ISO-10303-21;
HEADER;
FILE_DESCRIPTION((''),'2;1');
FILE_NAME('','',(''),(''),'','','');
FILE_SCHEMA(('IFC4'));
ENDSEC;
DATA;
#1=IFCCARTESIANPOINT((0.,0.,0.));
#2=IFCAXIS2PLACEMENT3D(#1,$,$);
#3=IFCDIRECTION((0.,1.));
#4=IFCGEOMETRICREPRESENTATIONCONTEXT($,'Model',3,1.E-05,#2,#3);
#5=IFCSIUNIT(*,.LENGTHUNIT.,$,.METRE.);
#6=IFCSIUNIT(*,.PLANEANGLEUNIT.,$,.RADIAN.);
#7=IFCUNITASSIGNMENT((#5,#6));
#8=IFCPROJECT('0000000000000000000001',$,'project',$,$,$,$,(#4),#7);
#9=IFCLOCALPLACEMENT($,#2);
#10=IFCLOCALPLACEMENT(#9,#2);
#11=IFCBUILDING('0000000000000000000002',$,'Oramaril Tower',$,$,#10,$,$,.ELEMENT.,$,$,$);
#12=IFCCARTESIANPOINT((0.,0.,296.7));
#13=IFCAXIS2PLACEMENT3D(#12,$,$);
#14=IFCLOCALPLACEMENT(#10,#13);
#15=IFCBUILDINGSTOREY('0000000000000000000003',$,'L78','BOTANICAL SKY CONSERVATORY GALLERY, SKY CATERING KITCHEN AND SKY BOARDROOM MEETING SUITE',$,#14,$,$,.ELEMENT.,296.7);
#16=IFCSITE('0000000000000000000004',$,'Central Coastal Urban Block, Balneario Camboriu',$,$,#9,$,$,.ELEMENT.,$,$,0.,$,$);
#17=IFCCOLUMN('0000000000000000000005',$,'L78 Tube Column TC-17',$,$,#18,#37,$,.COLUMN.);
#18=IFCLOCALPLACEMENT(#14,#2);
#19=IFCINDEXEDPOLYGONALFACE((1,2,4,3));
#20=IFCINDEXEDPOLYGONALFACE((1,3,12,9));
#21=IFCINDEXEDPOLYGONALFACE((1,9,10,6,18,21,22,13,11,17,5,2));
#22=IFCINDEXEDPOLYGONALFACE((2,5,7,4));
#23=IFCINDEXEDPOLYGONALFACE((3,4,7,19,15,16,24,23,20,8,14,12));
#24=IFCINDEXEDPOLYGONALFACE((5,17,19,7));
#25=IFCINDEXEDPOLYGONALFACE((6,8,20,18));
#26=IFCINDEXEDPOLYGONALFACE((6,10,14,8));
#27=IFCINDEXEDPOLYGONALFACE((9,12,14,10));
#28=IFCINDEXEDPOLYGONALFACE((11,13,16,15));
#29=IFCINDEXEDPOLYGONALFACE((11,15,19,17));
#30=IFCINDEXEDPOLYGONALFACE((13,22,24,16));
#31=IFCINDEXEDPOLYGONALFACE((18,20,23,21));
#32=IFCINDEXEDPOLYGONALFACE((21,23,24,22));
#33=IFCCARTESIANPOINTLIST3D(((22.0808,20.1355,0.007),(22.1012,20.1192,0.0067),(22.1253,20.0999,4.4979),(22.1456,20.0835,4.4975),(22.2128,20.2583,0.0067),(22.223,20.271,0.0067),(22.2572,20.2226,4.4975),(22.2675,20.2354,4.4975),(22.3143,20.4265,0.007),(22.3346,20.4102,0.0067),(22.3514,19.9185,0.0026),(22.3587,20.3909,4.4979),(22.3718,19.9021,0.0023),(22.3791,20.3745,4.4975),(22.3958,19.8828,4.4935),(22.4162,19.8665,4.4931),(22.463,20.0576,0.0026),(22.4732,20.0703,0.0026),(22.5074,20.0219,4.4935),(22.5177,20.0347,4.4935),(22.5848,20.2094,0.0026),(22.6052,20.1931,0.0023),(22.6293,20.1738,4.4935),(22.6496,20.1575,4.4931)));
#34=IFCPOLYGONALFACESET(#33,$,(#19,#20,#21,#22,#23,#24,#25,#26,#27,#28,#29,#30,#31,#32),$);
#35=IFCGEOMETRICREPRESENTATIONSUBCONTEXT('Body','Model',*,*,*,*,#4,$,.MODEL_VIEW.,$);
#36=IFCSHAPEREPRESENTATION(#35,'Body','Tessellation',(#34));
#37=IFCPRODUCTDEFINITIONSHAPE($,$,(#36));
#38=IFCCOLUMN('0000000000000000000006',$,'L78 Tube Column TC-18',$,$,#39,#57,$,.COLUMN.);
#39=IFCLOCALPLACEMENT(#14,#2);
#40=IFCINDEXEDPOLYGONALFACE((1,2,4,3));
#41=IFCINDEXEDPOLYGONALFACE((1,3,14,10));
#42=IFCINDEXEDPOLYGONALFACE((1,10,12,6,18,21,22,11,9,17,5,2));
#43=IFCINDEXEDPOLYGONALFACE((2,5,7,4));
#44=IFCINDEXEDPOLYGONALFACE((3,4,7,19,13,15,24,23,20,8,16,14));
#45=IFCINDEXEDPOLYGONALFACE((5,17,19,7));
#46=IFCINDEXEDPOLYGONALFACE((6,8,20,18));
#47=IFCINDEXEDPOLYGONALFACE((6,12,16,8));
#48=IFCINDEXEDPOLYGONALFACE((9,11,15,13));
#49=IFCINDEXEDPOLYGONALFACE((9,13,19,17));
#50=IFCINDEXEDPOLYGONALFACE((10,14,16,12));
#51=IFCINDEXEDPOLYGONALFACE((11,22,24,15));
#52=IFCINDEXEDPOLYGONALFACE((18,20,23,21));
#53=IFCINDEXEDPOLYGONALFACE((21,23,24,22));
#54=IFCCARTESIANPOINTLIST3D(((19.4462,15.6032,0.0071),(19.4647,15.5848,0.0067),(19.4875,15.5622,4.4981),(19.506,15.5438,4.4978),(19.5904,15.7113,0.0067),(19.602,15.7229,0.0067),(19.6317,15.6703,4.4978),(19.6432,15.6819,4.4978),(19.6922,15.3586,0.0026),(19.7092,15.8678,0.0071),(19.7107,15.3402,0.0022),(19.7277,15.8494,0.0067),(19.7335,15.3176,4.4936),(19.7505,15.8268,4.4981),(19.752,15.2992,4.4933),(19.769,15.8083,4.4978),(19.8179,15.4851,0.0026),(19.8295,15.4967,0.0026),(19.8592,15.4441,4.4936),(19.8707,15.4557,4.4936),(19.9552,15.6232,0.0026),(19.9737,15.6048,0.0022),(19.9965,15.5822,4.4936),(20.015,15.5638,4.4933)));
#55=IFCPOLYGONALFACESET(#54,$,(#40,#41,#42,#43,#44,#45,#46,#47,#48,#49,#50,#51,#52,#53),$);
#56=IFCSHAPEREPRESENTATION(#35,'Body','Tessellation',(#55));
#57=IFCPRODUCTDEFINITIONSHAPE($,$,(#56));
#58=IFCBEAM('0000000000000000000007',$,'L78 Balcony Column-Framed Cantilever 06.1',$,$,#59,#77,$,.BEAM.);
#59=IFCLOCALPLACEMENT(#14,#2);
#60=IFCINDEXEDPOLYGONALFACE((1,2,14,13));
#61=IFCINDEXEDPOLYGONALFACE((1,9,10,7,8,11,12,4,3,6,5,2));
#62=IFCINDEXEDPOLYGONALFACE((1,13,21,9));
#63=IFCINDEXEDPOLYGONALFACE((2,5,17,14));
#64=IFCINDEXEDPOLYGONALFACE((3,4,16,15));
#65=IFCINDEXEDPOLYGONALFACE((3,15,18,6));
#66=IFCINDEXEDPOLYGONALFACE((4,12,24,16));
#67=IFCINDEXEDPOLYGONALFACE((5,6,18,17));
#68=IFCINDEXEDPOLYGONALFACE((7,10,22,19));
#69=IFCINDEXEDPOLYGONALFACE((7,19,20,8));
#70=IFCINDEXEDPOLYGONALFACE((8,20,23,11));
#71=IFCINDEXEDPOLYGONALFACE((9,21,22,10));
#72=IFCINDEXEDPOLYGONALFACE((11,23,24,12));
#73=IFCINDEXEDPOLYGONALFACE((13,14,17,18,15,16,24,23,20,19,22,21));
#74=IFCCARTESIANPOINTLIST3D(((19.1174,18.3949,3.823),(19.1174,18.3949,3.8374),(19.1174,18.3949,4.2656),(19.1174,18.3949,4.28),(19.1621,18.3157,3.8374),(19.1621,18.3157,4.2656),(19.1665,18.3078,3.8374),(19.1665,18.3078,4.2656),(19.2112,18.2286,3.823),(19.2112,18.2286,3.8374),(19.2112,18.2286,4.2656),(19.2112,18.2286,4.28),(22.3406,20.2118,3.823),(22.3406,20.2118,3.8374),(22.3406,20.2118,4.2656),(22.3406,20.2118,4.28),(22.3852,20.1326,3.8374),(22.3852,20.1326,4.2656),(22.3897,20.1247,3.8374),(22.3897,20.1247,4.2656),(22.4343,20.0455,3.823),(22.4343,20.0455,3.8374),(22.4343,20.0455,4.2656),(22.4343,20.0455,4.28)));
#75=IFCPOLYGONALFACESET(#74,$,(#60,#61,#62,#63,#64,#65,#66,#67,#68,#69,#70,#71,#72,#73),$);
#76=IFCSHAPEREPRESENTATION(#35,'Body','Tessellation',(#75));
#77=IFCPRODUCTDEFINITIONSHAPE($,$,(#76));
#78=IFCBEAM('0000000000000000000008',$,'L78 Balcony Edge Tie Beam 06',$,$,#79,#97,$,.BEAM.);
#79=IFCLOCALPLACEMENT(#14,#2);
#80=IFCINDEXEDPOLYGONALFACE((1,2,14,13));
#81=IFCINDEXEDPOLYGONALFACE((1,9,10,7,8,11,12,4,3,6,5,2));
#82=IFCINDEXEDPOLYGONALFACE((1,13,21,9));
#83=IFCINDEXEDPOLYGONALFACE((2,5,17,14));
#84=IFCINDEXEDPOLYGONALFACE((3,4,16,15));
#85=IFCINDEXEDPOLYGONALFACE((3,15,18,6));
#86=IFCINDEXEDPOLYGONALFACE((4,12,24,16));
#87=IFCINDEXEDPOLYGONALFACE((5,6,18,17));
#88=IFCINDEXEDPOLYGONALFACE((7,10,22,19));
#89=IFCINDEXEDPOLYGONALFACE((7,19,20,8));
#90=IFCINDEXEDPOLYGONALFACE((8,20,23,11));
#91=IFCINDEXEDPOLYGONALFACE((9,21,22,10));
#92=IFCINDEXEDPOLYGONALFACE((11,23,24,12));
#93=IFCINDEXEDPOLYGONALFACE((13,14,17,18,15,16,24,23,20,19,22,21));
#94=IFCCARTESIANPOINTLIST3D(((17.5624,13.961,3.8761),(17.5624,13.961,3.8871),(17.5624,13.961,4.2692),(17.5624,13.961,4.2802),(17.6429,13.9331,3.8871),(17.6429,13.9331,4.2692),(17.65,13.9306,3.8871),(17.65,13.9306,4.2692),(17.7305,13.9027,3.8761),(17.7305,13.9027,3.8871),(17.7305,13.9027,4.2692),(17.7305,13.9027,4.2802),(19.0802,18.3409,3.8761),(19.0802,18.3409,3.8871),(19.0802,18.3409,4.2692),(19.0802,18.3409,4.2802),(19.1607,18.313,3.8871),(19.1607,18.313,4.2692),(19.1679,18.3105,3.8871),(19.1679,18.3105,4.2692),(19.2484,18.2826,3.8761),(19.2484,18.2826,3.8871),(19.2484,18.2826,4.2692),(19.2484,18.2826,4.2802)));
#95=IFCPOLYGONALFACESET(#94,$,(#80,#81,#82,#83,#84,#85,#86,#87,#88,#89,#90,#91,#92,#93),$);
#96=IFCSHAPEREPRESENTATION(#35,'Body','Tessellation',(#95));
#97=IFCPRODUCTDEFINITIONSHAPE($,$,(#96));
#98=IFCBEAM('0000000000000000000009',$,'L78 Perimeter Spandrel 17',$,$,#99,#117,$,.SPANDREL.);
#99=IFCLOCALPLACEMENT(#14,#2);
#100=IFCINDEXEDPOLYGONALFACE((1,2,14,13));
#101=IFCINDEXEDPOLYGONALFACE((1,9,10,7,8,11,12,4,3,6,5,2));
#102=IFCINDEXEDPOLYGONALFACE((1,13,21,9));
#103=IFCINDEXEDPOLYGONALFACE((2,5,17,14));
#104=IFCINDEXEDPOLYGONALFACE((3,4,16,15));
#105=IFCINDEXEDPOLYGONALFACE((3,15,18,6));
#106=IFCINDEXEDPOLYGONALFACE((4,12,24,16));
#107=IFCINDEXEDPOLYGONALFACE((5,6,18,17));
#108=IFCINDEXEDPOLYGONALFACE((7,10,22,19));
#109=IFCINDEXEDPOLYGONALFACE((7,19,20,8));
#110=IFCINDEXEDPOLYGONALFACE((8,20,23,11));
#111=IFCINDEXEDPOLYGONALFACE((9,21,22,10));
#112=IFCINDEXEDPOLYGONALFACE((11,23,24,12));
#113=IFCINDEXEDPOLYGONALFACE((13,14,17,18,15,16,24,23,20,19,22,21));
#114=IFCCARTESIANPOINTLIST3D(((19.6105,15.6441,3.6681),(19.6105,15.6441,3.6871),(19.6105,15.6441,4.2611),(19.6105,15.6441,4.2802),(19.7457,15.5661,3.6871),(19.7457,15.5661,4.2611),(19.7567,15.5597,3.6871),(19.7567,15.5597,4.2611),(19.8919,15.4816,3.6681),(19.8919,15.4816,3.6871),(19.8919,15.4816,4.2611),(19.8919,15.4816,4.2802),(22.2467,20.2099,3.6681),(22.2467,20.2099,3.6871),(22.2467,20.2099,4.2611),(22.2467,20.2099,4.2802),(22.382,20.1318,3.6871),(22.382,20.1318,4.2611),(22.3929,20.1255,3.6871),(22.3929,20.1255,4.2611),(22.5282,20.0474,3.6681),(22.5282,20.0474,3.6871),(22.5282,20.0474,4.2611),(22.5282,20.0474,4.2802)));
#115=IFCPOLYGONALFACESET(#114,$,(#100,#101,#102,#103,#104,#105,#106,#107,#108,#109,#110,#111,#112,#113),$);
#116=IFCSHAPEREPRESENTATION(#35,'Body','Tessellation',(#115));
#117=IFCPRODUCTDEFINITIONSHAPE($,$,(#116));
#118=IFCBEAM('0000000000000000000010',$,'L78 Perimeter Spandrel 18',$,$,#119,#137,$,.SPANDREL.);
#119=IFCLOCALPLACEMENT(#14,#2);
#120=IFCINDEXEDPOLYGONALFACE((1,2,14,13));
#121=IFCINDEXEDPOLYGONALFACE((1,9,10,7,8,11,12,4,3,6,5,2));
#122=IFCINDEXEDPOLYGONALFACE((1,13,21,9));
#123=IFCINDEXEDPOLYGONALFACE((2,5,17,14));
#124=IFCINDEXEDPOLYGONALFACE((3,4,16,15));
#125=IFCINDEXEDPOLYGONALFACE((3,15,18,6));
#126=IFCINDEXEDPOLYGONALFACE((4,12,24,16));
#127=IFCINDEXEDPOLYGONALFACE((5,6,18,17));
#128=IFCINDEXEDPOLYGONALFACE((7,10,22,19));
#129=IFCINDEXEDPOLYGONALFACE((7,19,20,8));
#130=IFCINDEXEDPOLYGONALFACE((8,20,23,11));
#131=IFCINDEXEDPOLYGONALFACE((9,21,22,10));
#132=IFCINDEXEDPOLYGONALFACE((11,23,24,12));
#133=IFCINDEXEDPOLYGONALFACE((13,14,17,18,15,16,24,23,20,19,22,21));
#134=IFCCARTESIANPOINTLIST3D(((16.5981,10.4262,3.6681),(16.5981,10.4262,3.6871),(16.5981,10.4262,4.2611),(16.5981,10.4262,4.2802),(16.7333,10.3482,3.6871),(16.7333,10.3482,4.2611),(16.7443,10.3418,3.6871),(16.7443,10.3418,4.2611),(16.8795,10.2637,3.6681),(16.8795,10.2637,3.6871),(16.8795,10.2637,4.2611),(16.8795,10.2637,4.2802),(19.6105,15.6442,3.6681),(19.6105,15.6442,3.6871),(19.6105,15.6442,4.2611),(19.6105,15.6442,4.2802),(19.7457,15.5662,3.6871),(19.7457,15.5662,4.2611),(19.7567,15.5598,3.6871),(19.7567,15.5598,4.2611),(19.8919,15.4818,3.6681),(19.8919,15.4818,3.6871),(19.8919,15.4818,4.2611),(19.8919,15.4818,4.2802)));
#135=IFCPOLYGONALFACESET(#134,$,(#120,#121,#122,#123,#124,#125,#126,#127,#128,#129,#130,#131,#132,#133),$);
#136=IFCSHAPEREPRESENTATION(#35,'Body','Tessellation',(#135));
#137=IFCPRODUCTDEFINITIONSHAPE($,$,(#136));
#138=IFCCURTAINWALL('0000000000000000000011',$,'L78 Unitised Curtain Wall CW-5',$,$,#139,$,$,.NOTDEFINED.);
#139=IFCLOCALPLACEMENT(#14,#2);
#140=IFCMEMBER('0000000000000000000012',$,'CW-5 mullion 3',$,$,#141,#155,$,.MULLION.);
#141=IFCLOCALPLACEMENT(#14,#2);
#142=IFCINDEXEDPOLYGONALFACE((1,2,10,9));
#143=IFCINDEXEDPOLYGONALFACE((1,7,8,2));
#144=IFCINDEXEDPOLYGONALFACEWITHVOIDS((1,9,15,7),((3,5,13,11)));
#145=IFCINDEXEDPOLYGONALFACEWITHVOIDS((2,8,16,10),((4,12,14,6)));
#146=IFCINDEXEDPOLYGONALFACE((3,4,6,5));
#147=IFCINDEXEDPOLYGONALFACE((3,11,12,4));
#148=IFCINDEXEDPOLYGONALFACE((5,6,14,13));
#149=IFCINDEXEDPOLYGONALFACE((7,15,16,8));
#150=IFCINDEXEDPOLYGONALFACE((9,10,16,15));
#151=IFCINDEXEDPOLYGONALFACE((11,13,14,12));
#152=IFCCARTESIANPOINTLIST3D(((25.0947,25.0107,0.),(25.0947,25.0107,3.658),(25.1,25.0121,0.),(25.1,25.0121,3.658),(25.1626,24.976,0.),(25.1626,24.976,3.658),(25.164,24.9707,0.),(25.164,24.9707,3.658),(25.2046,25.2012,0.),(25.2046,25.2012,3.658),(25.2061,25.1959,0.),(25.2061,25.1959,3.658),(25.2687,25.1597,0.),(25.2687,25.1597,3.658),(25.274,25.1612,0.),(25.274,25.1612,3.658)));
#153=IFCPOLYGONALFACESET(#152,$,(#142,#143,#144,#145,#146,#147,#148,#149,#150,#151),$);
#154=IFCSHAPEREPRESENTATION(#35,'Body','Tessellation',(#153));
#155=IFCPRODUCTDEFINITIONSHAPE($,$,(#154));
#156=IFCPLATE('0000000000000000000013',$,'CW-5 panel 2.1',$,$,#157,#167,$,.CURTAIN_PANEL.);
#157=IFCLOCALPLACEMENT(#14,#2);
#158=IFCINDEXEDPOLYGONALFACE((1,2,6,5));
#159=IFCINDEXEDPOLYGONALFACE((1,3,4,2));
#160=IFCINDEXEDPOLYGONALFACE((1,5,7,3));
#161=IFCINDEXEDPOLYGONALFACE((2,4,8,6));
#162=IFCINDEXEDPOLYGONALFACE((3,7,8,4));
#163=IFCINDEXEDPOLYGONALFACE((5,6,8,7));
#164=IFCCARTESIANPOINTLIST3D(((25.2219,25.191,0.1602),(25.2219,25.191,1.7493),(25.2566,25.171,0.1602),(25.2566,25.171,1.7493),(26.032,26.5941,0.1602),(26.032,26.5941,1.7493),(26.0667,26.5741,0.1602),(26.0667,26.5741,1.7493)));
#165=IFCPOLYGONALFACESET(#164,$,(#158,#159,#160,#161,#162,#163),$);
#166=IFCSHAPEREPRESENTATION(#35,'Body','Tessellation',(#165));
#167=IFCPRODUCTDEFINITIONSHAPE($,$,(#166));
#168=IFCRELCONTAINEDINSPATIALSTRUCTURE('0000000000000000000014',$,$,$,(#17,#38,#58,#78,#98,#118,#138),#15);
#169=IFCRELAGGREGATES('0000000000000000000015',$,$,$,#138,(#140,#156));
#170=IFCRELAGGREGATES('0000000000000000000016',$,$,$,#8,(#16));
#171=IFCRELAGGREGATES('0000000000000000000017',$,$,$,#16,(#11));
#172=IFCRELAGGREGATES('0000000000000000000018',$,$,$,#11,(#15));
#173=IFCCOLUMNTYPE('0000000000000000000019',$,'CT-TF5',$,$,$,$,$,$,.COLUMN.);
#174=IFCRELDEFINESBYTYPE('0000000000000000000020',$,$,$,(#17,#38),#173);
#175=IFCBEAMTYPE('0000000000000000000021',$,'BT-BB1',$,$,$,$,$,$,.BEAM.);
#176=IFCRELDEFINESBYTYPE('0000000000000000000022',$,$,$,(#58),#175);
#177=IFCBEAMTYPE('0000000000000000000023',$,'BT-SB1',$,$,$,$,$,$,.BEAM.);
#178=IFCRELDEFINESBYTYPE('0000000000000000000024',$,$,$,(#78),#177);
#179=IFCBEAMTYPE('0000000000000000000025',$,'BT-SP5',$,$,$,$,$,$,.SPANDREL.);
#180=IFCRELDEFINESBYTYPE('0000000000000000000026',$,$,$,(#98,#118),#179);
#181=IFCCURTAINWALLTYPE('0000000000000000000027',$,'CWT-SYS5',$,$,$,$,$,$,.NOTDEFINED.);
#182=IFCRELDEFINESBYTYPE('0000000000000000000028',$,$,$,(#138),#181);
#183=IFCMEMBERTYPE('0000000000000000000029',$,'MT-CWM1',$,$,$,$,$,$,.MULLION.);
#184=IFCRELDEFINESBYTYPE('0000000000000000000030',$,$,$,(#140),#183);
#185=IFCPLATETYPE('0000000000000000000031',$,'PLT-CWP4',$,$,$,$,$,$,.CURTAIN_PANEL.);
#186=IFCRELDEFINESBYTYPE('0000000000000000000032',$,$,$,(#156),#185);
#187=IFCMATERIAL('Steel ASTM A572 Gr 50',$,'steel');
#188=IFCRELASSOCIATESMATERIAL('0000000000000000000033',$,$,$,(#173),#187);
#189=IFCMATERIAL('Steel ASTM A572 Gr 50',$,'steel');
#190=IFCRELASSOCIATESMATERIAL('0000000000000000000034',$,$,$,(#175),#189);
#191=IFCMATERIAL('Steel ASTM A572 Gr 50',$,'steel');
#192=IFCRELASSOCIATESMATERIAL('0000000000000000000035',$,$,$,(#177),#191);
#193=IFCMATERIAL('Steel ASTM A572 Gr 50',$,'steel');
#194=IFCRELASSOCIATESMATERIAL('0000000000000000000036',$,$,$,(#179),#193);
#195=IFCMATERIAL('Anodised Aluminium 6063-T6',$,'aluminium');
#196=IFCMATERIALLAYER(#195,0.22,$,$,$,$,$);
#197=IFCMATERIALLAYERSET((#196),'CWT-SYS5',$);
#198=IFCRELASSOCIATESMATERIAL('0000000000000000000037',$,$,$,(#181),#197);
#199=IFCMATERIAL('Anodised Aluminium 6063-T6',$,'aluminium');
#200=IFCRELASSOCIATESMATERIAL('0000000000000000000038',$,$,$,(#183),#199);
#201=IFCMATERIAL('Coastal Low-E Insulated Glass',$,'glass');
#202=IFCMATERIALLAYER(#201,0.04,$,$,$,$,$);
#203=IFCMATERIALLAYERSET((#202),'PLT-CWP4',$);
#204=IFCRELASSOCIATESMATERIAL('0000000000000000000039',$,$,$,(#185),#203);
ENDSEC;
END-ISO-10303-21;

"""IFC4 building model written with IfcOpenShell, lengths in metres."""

from ifc_helpers import new_model, si_unit, direction, frame, origin, origin_2d, place, context, subcontext, project, spatial, rectangle, hollow_rectangle, i_section, extrude, material, layer, layer_set, material_profile, profile_set, type_object, element, aggregate, save


model = new_model("IFC4")

# Units and contexts
model_context = context("Model", 3, precision=1e-05, world=origin(), true_north=direction((0.0, 1.0)))
body_context = subcontext(model_context, "Body", "Model", "MODEL_VIEW")
ifc_project = project(units=[si_unit("LENGTHUNIT", "METRE"), si_unit("PLANEANGLEUNIT", "RADIAN")], contexts=[model_context])

# Site, building, storey
site_placement = place(None, origin())
site = spatial("IfcSite", under=ifc_project, at=site_placement, Name="Central Coastal Urban Block, Balneario Camboriu", CompositionType="ELEMENT", RefElevation=0.0)
building_placement = place(site_placement, origin())
building = spatial("IfcBuilding", under=site, at=building_placement, Name="Oramaril Tower", CompositionType="ELEMENT")
storey_placement = place(building_placement, frame((0.0, 0.0, 296.7)))
storey = spatial("IfcBuildingStorey", under=building, at=storey_placement, Name="L78", Description="BOTANICAL SKY CONSERVATORY GALLERY, SKY CATERING KITCHEN AND SKY BOARDROOM MEETING SUITE", CompositionType="ELEMENT", Elevation=296.7)

# Columns
ifc_material_1 = material(Name="Steel ASTM A572 Gr 50", Category="steel")
ifc_material_profile_1 = material_profile(ifc_material_1, i_section(OverallWidth=0.373, OverallDepth=0.373, WebThickness=0.0164, FlangeThickness=0.0261, at=origin_2d()), Name="W14X132")
ifc_profile_set_1 = profile_set([ifc_material_profile_1], Name="Steel ASTM A572 Gr 50")
column_type = type_object("IfcColumnType", Name="CT-TF5", PredefinedType="COLUMN", material=ifc_profile_set_1)
column_1_placement = place(storey_placement, frame((22.343, 20.1643, 0.0046), z_axis=(0.009893, -0.007936, 0.99992), x_axis=(0.62574, 0.780032, 0.0)))
element("IfcColumn", 1, at=column_1_placement, inside=storey, type_object=column_type, Name="L78 Tube Column TC-17", PredefinedType="COLUMN", context=body_context, shape_type="SweptSolid", body=[
    extrude(i_section(OverallWidth=0.373, OverallDepth=0.373, WebThickness=0.0164, FlangeThickness=0.0261, at=origin_2d()), origin(), (0.0, 0.0, 1.0), 4.4912),
])
column_2_placement = place(storey_placement, frame((19.71, 15.604, 0.0046), z_axis=(0.009187, -0.009132, 0.999916), x_axis=(0.705005, 0.709202, 0.0)))
element("IfcColumn", 2, at=column_2_placement, inside=storey, type_object=column_type, Name="L78 Tube Column TC-18", PredefinedType="COLUMN", context=body_context, shape_type="SweptSolid", body=[
    extrude(i_section(OverallWidth=0.373, OverallDepth=0.373, WebThickness=0.0164, FlangeThickness=0.0261, at=origin_2d()), origin(), (0.0, 0.0, 1.0), 4.4915),
])

# Beams
ifc_material_2 = material(Name="Steel ASTM A572 Gr 50", Category="steel")
ifc_material_profile_2 = material_profile(ifc_material_2, i_section(OverallWidth=0.1909, OverallDepth=0.457, WebThickness=0.009, FlangeThickness=0.0144, at=origin_2d()), Name="W18X50")
ifc_profile_set_2 = profile_set([ifc_material_profile_2], Name="Steel ASTM A572 Gr 50")
beam_type_1 = type_object("IfcBeamType", Name="BT-BB1", PredefinedType="BEAM", material=ifc_profile_set_2)
beam_1_placement = place(storey_placement, frame((22.3875, 20.1287, 4.0515), z_axis=(-0.871128, -0.491057, 0.0), x_axis=(0.491057, -0.871128, 0.0)))
element("IfcBeam", 3, at=beam_1_placement, inside=storey, type_object=beam_type_1, Name="L78 Balcony Column-Framed Cantilever 06.1", PredefinedType="BEAM", context=body_context, shape_type="SweptSolid", body=[
    extrude(i_section(OverallWidth=0.1909, OverallDepth=0.457, WebThickness=0.009, FlangeThickness=0.0144, at=origin_2d()), origin(), (0.0, 0.0, 1.0), 3.7),
])
ifc_material_3 = material(Name="Steel ASTM A572 Gr 50", Category="steel")
ifc_material_profile_3 = material_profile(ifc_material_3, i_section(OverallWidth=0.178, OverallDepth=0.4041, WebThickness=0.0076, FlangeThickness=0.011, at=origin_2d()), Name="W16X36")
ifc_profile_set_3 = profile_set([ifc_material_profile_3], Name="Steel ASTM A572 Gr 50")
beam_type_2 = type_object("IfcBeamType", Name="BT-SB1", PredefinedType="BEAM", material=ifc_profile_set_3)
beam_2_placement = place(storey_placement, frame((19.1643, 18.3118, 4.0781), z_axis=(-0.32744, -0.944872, 0.0), x_axis=(0.944872, -0.32744, 0.0)))
element("IfcBeam", 4, at=beam_2_placement, inside=storey, type_object=beam_type_2, Name="L78 Balcony Edge Tie Beam 06", PredefinedType="BEAM", context=body_context, shape_type="SweptSolid", body=[
    extrude(i_section(OverallWidth=0.178, OverallDepth=0.4041, WebThickness=0.0076, FlangeThickness=0.011, at=origin_2d()), origin(), (0.0, 0.0, 1.0), 4.6355),
])
ifc_material_4 = material(Name="Steel ASTM A572 Gr 50", Category="steel")
ifc_material_profile_4 = material_profile(ifc_material_4, i_section(OverallWidth=0.325, OverallDepth=0.6121, WebThickness=0.0127, FlangeThickness=0.019, at=origin_2d()), Name="W24X104")
ifc_profile_set_4 = profile_set([ifc_material_profile_4], Name="Steel ASTM A572 Gr 50")
beam_type_3 = type_object("IfcBeamType", Name="BT-SP5", PredefinedType="SPANDREL", material=ifc_profile_set_4)
beam_3_placement = place(storey_placement, frame((22.3875, 20.1287, 3.9741), z_axis=(-0.500034, -0.866006, 0.0), x_axis=(0.866006, -0.500034, 0.0)))
element("IfcBeam", 5, at=beam_3_placement, inside=storey, type_object=beam_type_3, Name="L78 Perimeter Spandrel 17", PredefinedType="SPANDREL", context=body_context, shape_type="SweptSolid", body=[
    extrude(i_section(OverallWidth=0.325, OverallDepth=0.6121, WebThickness=0.0127, FlangeThickness=0.019, at=origin_2d()), origin(), (0.0, 0.0, 1.0), 5.2722),
])
beam_4_placement = place(storey_placement, frame((19.7512, 15.563, 3.9741), z_axis=(-0.499979, -0.866038, 0.0), x_axis=(0.866038, -0.499979, 0.0)))
element("IfcBeam", 6, at=beam_4_placement, inside=storey, type_object=beam_type_3, Name="L78 Perimeter Spandrel 18", PredefinedType="SPANDREL", context=body_context, shape_type="SweptSolid", body=[
    extrude(i_section(OverallWidth=0.325, OverallDepth=0.6121, WebThickness=0.0127, FlangeThickness=0.019, at=origin_2d()), origin(), (0.0, 0.0, 1.0), 6.0251),
])

# Curtain wall, member, plate
ifc_material_5 = material(Name="Anodised Aluminium 6063-T6", Category="aluminium")
ifc_layer_1 = layer(ifc_material_5, 0.22)
ifc_layer_set_1 = layer_set([ifc_layer_1], Name="CWT-SYS5")
curtain_wall_type = type_object("IfcCurtainWallType", Name="CWT-SYS5", PredefinedType="NOTDEFINED", material=ifc_layer_set_1)
curtain_wall_placement = place(storey_placement, origin())
curtain_wall = element("IfcCurtainWall", 7, at=curtain_wall_placement, inside=storey, type_object=curtain_wall_type, Name="L78 Unitised Curtain Wall CW-5", PredefinedType="NOTDEFINED")
ifc_material_6 = material(Name="Anodised Aluminium 6063-T6", Category="aluminium")
ifc_material_profile_5 = material_profile(ifc_material_6, hollow_rectangle(XDim=0.0801, YDim=0.22, WallThickness=0.0039, at=origin_2d()), Name="CWM220X80")
ifc_profile_set_5 = profile_set([ifc_material_profile_5], Name="Anodised Aluminium 6063-T6")
member_type = type_object("IfcMemberType", Name="MT-CWM1", PredefinedType="MULLION", material=ifc_profile_set_5)
member_placement = place(storey_placement, frame((25.1843, 25.0859, 0.0), z_axis=(0.0, 0.0, 1.0), x_axis=(0.866025, -0.5, 0.0)))
member = element("IfcMember", 8, at=member_placement, type_object=member_type, Name="CW-5 mullion 3", PredefinedType="MULLION", context=body_context, shape_type="SweptSolid", body=[
    extrude(hollow_rectangle(XDim=0.0801, YDim=0.22, WallThickness=0.0039, at=origin_2d()), origin(), (0.0, 0.0, 1.0), 3.658),
])
ifc_material_7 = material(Name="Coastal Low-E Insulated Glass", Category="glass")
ifc_layer_2 = layer(ifc_material_7, 0.04)
ifc_layer_set_2 = layer_set([ifc_layer_2], Name="PLT-CWP4")
plate_type = type_object("IfcPlateType", Name="PLT-CWP4", PredefinedType="CURTAIN_PANEL", material=ifc_layer_set_2)
plate_placement = place(storey_placement, frame((25.6443, 25.8826, 0.1602), z_axis=(0.0, 0.0, 1.0), x_axis=(-0.5, -0.866025, 0.0)))
plate = element("IfcPlate", 9, at=plate_placement, type_object=plate_type, Name="CW-5 panel 2.1", PredefinedType="CURTAIN_PANEL", context=body_context, shape_type="SweptSolid", body=[
    extrude(rectangle(XDim=1.6201, YDim=0.04, at=origin_2d()), origin(), (0.0, 0.0, 1.0), 1.5891),
])
aggregate(curtain_wall, [member, plate])

save(model, "model.ifc")
